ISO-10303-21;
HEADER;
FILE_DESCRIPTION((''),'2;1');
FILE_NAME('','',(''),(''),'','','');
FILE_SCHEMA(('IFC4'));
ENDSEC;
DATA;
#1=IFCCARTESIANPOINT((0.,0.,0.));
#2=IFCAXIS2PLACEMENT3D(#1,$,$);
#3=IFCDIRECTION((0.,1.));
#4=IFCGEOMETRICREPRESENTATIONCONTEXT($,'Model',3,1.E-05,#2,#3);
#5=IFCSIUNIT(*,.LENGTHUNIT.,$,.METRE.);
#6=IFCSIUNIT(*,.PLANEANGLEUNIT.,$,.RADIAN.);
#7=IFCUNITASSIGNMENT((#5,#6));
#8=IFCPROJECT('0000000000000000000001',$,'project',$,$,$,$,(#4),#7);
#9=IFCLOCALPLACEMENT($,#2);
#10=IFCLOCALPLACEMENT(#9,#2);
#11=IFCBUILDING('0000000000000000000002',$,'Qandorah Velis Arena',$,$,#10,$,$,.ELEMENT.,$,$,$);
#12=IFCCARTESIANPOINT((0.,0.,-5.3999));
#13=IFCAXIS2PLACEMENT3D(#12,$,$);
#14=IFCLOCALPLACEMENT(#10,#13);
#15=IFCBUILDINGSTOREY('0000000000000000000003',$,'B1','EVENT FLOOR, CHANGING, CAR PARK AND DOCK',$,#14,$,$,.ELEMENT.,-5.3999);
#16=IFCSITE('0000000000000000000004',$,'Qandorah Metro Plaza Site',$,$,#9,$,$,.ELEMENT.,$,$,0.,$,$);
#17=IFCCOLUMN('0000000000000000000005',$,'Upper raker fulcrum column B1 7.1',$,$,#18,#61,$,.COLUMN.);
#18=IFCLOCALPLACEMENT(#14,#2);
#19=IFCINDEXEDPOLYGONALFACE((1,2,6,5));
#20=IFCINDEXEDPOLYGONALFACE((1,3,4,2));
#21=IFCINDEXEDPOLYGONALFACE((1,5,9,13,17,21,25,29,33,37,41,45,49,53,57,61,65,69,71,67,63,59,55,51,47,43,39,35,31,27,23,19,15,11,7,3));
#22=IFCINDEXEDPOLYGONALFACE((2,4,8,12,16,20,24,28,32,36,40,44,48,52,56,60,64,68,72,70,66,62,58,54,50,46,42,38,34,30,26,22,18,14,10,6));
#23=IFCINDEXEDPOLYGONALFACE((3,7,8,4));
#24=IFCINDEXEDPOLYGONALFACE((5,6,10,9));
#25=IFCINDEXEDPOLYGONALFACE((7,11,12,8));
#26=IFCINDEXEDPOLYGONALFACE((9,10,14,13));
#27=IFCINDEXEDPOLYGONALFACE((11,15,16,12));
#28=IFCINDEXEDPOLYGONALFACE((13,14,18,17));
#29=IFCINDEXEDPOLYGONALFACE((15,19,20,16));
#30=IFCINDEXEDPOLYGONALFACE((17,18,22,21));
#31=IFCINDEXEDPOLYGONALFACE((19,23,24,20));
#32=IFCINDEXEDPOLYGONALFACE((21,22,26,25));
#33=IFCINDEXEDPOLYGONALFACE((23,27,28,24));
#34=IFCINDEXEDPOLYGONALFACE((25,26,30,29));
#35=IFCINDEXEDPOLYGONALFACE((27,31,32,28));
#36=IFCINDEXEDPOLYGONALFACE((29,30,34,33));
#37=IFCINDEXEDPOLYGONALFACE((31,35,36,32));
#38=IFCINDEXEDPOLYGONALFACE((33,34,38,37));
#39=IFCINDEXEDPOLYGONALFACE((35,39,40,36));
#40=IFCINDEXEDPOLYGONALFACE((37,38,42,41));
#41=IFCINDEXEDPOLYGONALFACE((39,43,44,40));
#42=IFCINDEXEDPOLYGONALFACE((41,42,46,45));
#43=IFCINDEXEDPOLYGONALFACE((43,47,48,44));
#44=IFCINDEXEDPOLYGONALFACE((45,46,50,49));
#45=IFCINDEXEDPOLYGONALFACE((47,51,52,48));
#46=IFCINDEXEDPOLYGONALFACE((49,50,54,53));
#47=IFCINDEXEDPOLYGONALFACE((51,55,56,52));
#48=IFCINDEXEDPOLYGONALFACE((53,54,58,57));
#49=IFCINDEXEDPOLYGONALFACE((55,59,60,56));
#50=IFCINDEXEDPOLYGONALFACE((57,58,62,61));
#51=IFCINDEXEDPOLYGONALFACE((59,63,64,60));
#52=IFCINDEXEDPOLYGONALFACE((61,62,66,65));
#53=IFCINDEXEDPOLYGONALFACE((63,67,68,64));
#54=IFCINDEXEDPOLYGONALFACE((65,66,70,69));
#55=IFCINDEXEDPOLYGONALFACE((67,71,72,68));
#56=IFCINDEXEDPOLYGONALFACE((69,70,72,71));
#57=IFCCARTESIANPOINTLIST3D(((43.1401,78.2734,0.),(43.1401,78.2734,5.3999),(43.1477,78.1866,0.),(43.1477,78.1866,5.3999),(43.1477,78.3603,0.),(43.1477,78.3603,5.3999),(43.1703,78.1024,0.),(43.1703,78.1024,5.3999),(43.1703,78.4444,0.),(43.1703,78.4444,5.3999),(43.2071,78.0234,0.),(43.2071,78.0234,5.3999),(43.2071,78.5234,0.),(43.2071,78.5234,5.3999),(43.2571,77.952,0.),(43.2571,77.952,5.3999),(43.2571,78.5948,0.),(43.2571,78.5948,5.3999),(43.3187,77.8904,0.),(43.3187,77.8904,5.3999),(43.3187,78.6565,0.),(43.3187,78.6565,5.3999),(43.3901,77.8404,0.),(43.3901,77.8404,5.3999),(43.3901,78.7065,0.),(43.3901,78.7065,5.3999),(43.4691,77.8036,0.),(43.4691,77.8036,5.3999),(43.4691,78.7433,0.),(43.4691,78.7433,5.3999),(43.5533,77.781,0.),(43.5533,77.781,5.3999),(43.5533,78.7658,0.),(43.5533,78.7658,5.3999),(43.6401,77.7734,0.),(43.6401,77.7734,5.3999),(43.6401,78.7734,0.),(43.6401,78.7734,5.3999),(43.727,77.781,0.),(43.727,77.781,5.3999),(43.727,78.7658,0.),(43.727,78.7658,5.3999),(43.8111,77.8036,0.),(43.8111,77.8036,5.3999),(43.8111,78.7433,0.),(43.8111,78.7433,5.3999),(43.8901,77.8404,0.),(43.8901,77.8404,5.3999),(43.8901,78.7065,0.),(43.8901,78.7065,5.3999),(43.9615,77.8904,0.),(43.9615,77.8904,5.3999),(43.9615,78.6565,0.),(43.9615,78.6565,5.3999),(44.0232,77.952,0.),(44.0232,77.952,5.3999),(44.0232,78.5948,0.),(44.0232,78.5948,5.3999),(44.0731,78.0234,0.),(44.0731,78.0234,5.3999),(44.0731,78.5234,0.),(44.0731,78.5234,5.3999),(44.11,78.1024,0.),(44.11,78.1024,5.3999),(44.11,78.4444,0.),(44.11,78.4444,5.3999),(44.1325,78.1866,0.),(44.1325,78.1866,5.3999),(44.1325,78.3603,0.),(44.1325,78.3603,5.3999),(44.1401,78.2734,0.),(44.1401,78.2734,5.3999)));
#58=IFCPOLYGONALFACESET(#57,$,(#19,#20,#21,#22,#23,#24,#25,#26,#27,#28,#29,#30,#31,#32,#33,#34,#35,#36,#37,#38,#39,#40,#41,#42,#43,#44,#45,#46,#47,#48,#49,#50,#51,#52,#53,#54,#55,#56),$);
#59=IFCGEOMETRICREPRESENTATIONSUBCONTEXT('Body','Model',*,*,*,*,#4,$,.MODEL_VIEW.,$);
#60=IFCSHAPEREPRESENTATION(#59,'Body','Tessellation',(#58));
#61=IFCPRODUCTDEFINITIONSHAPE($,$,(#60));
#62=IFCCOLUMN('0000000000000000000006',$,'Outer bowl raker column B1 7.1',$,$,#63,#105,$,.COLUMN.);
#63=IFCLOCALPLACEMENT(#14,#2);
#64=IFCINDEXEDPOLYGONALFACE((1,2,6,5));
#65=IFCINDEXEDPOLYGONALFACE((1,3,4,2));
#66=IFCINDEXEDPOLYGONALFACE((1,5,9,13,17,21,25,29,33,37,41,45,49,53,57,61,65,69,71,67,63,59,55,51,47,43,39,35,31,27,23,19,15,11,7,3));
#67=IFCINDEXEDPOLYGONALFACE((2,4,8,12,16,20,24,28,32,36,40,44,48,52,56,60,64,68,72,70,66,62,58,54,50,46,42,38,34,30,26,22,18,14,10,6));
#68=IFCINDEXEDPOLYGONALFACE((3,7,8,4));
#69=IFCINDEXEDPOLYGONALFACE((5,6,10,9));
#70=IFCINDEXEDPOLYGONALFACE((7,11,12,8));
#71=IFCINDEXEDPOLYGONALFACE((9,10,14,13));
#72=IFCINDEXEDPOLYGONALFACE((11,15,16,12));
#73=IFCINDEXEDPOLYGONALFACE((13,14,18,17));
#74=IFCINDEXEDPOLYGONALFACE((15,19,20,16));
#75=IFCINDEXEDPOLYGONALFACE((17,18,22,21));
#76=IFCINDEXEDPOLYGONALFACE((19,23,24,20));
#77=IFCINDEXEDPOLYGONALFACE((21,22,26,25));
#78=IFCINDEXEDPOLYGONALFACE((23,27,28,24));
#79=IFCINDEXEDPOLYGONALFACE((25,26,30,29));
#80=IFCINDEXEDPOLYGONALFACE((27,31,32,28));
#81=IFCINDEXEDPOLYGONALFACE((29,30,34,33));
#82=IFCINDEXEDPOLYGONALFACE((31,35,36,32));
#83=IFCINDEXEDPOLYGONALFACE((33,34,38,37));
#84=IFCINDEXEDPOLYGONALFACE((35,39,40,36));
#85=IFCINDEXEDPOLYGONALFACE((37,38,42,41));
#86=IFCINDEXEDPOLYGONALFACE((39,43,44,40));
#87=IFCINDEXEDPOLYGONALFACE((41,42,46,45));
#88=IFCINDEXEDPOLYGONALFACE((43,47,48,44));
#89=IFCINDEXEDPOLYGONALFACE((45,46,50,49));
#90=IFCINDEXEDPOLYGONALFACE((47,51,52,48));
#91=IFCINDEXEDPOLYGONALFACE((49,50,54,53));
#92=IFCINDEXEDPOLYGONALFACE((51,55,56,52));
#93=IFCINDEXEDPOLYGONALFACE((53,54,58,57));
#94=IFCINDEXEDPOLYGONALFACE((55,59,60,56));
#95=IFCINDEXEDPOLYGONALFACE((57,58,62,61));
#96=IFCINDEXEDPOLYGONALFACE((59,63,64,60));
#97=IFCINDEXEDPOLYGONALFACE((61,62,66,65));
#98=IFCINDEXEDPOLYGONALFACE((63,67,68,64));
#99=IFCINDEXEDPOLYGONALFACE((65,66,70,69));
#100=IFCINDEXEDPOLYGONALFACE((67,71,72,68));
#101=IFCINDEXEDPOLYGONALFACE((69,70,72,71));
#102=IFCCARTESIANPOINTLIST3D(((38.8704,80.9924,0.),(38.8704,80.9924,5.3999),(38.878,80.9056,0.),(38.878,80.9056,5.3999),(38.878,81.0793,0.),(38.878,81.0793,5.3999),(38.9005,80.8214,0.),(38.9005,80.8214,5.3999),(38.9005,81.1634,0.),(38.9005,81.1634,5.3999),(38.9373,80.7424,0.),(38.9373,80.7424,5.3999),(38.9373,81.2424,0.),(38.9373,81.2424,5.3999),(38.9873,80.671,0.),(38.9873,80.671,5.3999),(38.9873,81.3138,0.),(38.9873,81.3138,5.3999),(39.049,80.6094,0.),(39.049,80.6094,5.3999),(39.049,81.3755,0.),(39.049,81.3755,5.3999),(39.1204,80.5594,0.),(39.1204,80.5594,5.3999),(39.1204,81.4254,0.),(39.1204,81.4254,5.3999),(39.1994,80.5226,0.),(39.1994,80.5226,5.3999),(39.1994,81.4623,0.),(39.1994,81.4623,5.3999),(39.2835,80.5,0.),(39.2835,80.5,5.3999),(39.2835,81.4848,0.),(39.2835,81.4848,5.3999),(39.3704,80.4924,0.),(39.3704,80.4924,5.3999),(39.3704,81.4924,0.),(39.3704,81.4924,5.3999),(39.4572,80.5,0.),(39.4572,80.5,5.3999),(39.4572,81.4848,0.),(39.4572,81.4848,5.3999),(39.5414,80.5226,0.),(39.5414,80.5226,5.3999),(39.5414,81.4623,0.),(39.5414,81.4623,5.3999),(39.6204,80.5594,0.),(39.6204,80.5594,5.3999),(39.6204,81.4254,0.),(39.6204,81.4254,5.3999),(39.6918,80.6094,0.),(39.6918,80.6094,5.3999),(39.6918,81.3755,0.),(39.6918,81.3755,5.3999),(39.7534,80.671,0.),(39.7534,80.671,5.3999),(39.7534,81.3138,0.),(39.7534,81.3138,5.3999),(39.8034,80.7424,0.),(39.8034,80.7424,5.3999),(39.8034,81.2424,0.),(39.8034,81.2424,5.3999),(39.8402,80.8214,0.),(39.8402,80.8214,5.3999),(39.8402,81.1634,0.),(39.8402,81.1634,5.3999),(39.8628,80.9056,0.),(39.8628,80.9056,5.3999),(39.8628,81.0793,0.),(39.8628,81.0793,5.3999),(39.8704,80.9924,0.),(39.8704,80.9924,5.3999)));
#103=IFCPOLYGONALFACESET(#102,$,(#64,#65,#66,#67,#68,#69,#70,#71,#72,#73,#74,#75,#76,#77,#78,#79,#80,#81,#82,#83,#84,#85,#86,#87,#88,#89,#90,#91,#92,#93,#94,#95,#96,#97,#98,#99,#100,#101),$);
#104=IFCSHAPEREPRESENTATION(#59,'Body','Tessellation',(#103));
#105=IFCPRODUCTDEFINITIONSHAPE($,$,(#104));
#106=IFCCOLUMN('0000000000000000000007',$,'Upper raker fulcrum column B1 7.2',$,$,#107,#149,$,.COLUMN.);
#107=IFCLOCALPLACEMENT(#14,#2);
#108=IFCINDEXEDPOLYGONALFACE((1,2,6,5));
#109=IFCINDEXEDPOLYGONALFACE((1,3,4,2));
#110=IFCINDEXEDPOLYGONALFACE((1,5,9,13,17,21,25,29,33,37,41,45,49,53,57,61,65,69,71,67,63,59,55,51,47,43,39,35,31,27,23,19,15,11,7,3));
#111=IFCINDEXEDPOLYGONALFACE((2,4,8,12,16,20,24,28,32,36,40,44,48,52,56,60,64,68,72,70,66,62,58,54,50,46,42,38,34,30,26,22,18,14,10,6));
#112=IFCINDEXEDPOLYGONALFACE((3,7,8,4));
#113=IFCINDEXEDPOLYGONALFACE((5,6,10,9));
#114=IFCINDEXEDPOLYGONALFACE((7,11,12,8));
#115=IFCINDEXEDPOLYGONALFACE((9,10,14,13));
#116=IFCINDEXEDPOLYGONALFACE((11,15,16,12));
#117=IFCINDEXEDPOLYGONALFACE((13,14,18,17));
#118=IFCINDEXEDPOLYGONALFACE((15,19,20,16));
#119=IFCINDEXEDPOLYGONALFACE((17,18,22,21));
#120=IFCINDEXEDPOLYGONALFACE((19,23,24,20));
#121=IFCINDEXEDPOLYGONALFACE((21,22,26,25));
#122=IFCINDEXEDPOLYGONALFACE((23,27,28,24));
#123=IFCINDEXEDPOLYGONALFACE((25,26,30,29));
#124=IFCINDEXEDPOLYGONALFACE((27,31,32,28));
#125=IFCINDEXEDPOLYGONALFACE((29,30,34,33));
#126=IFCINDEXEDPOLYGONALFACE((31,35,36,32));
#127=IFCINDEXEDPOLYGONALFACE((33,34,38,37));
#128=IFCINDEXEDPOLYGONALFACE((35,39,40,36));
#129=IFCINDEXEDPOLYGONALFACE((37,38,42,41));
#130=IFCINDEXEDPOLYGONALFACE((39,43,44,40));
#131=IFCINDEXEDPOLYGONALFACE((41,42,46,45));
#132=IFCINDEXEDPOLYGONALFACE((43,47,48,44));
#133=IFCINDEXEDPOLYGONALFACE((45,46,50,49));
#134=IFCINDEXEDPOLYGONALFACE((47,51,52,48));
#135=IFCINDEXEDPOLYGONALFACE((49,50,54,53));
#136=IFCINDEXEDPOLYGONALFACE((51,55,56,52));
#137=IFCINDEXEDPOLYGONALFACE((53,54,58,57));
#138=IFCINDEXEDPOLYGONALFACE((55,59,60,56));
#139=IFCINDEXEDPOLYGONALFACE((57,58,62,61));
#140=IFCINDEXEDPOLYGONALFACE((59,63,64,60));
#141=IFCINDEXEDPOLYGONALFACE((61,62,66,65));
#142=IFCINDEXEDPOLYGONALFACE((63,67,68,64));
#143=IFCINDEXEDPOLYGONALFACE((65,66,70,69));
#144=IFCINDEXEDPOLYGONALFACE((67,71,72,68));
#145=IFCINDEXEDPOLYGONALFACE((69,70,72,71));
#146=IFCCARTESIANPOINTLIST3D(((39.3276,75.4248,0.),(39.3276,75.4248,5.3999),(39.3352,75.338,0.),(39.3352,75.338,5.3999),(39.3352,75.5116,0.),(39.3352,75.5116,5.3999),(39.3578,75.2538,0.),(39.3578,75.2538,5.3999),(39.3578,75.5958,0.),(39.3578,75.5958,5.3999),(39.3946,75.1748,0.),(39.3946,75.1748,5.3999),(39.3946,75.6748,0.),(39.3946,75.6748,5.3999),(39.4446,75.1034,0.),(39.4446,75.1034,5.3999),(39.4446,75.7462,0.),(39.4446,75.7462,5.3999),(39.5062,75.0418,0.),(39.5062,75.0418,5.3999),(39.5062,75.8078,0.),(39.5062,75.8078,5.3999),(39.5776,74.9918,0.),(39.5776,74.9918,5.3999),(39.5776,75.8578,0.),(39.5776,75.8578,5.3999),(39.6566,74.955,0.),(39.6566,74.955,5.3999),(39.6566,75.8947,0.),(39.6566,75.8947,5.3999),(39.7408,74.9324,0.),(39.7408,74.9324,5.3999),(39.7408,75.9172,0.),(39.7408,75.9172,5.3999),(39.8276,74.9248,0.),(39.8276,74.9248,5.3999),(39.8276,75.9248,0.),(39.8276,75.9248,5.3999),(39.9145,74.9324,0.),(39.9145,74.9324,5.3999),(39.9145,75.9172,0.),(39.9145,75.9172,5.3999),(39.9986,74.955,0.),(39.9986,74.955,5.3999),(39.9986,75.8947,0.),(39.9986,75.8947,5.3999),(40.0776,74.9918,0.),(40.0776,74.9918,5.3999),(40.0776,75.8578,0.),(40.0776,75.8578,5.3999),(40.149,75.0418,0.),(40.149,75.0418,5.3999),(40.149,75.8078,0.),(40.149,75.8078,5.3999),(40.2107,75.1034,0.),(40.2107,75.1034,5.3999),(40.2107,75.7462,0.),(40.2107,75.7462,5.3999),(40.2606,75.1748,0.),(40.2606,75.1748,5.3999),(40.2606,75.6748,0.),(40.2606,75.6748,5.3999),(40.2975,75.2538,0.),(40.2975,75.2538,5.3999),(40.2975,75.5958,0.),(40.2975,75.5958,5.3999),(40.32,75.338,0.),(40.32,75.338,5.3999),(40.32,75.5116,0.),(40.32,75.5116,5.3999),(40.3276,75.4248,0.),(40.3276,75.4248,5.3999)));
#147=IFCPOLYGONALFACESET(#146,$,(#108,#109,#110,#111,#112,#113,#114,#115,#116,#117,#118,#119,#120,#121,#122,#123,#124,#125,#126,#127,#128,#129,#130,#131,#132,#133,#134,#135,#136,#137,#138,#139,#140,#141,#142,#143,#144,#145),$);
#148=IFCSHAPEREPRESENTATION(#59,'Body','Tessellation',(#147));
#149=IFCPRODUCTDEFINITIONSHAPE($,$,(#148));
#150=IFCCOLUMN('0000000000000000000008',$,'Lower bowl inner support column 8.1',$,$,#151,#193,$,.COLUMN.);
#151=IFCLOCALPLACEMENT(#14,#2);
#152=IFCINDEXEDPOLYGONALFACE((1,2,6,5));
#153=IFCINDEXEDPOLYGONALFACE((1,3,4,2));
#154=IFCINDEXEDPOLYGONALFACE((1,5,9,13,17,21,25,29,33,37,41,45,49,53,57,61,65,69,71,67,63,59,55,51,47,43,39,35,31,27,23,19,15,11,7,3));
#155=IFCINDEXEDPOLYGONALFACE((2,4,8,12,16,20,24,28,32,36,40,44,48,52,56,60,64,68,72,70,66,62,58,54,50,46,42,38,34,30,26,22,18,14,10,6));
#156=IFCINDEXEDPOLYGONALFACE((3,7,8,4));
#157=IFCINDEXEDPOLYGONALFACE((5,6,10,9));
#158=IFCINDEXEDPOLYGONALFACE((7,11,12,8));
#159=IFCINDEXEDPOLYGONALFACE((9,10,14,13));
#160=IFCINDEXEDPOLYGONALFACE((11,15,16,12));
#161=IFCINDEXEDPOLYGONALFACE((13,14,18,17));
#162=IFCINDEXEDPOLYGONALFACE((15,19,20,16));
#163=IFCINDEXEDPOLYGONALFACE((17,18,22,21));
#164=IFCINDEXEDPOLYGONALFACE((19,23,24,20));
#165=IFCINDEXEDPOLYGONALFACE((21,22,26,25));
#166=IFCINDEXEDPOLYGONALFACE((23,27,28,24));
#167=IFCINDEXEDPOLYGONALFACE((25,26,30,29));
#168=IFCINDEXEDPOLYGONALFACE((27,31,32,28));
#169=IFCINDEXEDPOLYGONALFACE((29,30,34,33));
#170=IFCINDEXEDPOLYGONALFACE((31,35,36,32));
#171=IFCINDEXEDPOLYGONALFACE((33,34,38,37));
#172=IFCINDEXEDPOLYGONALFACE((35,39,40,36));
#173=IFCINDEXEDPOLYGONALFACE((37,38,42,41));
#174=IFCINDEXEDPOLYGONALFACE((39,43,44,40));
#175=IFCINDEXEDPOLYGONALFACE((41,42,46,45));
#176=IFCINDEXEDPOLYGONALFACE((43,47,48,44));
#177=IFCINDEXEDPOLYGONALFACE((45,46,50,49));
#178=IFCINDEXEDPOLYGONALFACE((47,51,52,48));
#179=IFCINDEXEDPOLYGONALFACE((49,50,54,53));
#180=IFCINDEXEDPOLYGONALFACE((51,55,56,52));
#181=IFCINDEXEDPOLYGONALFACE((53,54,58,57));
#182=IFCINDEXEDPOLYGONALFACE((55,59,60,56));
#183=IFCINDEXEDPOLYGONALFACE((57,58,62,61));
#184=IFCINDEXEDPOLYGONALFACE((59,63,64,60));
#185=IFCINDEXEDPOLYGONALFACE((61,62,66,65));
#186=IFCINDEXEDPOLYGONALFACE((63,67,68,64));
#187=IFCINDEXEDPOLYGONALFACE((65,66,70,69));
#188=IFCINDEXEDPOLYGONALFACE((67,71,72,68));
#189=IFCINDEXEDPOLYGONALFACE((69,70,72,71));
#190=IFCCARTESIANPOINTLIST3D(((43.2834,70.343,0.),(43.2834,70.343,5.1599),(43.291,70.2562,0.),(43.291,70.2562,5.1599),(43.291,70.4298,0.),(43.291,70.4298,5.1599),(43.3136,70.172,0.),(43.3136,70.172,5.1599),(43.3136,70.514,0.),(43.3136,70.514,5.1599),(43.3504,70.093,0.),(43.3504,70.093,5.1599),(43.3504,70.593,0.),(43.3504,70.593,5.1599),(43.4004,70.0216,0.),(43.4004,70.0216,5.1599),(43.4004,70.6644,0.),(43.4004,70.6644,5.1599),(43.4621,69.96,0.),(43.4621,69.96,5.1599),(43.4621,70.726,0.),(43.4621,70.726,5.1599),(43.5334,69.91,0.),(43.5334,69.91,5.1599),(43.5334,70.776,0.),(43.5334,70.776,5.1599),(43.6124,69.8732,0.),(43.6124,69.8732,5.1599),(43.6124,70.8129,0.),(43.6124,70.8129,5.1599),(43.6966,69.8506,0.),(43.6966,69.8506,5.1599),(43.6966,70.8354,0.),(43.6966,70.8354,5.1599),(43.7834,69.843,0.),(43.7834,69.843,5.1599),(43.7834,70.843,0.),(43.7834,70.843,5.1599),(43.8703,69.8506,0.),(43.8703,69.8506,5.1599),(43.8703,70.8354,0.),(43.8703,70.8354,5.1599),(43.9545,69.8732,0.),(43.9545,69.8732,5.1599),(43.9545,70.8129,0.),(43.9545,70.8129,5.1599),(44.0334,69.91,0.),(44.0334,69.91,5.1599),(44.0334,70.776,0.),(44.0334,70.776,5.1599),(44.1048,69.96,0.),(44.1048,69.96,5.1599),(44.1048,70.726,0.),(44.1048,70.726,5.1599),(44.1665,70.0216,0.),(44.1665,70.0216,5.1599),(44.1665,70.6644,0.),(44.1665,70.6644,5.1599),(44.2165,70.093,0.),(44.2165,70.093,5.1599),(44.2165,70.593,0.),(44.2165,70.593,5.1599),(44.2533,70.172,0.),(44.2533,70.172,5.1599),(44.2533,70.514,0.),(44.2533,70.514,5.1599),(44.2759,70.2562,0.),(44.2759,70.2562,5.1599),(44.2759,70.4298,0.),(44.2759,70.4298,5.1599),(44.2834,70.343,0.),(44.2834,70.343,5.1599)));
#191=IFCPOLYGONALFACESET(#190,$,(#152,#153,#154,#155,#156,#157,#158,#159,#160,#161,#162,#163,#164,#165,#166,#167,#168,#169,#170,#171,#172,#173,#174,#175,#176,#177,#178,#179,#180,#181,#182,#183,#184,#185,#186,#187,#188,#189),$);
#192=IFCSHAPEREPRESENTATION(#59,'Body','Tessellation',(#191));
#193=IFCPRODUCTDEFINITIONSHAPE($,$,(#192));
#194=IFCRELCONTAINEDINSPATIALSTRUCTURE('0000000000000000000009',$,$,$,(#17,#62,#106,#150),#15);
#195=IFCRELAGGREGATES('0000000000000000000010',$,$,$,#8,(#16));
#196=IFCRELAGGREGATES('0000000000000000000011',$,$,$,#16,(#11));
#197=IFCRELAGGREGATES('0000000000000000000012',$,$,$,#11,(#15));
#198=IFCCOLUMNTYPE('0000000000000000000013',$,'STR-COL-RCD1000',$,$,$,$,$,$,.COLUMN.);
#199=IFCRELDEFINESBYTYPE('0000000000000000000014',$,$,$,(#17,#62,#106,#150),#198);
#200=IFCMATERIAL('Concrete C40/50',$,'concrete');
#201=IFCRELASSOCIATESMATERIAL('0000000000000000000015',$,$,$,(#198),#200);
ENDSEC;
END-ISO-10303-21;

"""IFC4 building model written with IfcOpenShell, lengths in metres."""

from ifc_helpers import new_model, si_unit, direction, frame, origin, origin_2d, place, context, subcontext, project, spatial, circle, extrude, material, material_profile, profile_set, type_object, element, save


model = new_model("IFC4")

# Units and contexts
model_context = context("Model", 3, precision=1e-05, world=origin(), true_north=direction((0.0, 1.0)))
body_context = subcontext(model_context, "Body", "Model", "MODEL_VIEW")
ifc_project = project(units=[si_unit("LENGTHUNIT", "METRE"), si_unit("PLANEANGLEUNIT", "RADIAN")], contexts=[model_context])

# Site, building, storey
site_placement = place(None, origin())
site = spatial("IfcSite", under=ifc_project, at=site_placement, Name="Qandorah Metro Plaza Site", CompositionType="ELEMENT", RefElevation=0.0)
building_placement = place(site_placement, origin())
building = spatial("IfcBuilding", under=site, at=building_placement, Name="Qandorah Velis Arena", CompositionType="ELEMENT")
storey_placement = place(building_placement, frame((0.0, 0.0, -5.3999)))
storey = spatial("IfcBuildingStorey", under=building, at=storey_placement, Name="B1", Description="EVENT FLOOR, CHANGING, CAR PARK AND DOCK", CompositionType="ELEMENT", Elevation=-5.3999)

# Shared definitions
ifc_material = material(Name="Concrete C40/50", Category="concrete")

# Columns
ifc_material_profile_1 = material_profile(ifc_material, circle(Radius=0.5, at=origin_2d()), Name="RC D1000")
ifc_profile_set_1 = profile_set([ifc_material_profile_1], Name="Concrete C40/50")
column_type_1 = type_object("IfcColumnType", Name="STR-COL-RCD1000", PredefinedType="COLUMN", material=ifc_profile_set_1)
for number, where, z_axis, x_axis, name in (
    (1, (43.6401, 78.2734, 0.0), (0.0, 0.0, 1.0), (1.0, 0.0, 0.0), "Upper raker fulcrum column B1 7.1"),
    (2, (39.3704, 80.9924, 0.0), (0.0, 0.0, 1.0), (1.0, 0.0, 0.0), "Outer bowl raker column B1 7.1"),
    (3, (39.8276, 75.4248, 0.0), (0.0, 0.0, 1.0), (1.0, 0.0, 0.0), "Upper raker fulcrum column B1 7.2"),
):
    element("IfcColumn", number, at=place(storey_placement, frame(where, z_axis=z_axis, x_axis=x_axis)), inside=storey, type_object=column_type_1, Name=name, PredefinedType="COLUMN", context=body_context, shape_type="SweptSolid", body=[
        extrude(circle(Radius=0.5, at=origin_2d()), origin(), (0.0, 0.0, 1.0), 5.3999),
    ])
column_1_placement = place(storey_placement, frame((43.7834, 70.343, 0.0), z_axis=(0.0, 0.0, 1.0), x_axis=(1.0, 0.0, 0.0)))
element("IfcColumn", 4, at=column_1_placement, inside=storey, type_object=column_type_1, Name="Lower bowl inner support column 8.1", PredefinedType="COLUMN", context=body_context, shape_type="SweptSolid", body=[
    extrude(circle(Radius=0.5, at=origin_2d()), origin(), (0.0, 0.0, 1.0), 5.1599),
])

save(model, "model.ifc")
